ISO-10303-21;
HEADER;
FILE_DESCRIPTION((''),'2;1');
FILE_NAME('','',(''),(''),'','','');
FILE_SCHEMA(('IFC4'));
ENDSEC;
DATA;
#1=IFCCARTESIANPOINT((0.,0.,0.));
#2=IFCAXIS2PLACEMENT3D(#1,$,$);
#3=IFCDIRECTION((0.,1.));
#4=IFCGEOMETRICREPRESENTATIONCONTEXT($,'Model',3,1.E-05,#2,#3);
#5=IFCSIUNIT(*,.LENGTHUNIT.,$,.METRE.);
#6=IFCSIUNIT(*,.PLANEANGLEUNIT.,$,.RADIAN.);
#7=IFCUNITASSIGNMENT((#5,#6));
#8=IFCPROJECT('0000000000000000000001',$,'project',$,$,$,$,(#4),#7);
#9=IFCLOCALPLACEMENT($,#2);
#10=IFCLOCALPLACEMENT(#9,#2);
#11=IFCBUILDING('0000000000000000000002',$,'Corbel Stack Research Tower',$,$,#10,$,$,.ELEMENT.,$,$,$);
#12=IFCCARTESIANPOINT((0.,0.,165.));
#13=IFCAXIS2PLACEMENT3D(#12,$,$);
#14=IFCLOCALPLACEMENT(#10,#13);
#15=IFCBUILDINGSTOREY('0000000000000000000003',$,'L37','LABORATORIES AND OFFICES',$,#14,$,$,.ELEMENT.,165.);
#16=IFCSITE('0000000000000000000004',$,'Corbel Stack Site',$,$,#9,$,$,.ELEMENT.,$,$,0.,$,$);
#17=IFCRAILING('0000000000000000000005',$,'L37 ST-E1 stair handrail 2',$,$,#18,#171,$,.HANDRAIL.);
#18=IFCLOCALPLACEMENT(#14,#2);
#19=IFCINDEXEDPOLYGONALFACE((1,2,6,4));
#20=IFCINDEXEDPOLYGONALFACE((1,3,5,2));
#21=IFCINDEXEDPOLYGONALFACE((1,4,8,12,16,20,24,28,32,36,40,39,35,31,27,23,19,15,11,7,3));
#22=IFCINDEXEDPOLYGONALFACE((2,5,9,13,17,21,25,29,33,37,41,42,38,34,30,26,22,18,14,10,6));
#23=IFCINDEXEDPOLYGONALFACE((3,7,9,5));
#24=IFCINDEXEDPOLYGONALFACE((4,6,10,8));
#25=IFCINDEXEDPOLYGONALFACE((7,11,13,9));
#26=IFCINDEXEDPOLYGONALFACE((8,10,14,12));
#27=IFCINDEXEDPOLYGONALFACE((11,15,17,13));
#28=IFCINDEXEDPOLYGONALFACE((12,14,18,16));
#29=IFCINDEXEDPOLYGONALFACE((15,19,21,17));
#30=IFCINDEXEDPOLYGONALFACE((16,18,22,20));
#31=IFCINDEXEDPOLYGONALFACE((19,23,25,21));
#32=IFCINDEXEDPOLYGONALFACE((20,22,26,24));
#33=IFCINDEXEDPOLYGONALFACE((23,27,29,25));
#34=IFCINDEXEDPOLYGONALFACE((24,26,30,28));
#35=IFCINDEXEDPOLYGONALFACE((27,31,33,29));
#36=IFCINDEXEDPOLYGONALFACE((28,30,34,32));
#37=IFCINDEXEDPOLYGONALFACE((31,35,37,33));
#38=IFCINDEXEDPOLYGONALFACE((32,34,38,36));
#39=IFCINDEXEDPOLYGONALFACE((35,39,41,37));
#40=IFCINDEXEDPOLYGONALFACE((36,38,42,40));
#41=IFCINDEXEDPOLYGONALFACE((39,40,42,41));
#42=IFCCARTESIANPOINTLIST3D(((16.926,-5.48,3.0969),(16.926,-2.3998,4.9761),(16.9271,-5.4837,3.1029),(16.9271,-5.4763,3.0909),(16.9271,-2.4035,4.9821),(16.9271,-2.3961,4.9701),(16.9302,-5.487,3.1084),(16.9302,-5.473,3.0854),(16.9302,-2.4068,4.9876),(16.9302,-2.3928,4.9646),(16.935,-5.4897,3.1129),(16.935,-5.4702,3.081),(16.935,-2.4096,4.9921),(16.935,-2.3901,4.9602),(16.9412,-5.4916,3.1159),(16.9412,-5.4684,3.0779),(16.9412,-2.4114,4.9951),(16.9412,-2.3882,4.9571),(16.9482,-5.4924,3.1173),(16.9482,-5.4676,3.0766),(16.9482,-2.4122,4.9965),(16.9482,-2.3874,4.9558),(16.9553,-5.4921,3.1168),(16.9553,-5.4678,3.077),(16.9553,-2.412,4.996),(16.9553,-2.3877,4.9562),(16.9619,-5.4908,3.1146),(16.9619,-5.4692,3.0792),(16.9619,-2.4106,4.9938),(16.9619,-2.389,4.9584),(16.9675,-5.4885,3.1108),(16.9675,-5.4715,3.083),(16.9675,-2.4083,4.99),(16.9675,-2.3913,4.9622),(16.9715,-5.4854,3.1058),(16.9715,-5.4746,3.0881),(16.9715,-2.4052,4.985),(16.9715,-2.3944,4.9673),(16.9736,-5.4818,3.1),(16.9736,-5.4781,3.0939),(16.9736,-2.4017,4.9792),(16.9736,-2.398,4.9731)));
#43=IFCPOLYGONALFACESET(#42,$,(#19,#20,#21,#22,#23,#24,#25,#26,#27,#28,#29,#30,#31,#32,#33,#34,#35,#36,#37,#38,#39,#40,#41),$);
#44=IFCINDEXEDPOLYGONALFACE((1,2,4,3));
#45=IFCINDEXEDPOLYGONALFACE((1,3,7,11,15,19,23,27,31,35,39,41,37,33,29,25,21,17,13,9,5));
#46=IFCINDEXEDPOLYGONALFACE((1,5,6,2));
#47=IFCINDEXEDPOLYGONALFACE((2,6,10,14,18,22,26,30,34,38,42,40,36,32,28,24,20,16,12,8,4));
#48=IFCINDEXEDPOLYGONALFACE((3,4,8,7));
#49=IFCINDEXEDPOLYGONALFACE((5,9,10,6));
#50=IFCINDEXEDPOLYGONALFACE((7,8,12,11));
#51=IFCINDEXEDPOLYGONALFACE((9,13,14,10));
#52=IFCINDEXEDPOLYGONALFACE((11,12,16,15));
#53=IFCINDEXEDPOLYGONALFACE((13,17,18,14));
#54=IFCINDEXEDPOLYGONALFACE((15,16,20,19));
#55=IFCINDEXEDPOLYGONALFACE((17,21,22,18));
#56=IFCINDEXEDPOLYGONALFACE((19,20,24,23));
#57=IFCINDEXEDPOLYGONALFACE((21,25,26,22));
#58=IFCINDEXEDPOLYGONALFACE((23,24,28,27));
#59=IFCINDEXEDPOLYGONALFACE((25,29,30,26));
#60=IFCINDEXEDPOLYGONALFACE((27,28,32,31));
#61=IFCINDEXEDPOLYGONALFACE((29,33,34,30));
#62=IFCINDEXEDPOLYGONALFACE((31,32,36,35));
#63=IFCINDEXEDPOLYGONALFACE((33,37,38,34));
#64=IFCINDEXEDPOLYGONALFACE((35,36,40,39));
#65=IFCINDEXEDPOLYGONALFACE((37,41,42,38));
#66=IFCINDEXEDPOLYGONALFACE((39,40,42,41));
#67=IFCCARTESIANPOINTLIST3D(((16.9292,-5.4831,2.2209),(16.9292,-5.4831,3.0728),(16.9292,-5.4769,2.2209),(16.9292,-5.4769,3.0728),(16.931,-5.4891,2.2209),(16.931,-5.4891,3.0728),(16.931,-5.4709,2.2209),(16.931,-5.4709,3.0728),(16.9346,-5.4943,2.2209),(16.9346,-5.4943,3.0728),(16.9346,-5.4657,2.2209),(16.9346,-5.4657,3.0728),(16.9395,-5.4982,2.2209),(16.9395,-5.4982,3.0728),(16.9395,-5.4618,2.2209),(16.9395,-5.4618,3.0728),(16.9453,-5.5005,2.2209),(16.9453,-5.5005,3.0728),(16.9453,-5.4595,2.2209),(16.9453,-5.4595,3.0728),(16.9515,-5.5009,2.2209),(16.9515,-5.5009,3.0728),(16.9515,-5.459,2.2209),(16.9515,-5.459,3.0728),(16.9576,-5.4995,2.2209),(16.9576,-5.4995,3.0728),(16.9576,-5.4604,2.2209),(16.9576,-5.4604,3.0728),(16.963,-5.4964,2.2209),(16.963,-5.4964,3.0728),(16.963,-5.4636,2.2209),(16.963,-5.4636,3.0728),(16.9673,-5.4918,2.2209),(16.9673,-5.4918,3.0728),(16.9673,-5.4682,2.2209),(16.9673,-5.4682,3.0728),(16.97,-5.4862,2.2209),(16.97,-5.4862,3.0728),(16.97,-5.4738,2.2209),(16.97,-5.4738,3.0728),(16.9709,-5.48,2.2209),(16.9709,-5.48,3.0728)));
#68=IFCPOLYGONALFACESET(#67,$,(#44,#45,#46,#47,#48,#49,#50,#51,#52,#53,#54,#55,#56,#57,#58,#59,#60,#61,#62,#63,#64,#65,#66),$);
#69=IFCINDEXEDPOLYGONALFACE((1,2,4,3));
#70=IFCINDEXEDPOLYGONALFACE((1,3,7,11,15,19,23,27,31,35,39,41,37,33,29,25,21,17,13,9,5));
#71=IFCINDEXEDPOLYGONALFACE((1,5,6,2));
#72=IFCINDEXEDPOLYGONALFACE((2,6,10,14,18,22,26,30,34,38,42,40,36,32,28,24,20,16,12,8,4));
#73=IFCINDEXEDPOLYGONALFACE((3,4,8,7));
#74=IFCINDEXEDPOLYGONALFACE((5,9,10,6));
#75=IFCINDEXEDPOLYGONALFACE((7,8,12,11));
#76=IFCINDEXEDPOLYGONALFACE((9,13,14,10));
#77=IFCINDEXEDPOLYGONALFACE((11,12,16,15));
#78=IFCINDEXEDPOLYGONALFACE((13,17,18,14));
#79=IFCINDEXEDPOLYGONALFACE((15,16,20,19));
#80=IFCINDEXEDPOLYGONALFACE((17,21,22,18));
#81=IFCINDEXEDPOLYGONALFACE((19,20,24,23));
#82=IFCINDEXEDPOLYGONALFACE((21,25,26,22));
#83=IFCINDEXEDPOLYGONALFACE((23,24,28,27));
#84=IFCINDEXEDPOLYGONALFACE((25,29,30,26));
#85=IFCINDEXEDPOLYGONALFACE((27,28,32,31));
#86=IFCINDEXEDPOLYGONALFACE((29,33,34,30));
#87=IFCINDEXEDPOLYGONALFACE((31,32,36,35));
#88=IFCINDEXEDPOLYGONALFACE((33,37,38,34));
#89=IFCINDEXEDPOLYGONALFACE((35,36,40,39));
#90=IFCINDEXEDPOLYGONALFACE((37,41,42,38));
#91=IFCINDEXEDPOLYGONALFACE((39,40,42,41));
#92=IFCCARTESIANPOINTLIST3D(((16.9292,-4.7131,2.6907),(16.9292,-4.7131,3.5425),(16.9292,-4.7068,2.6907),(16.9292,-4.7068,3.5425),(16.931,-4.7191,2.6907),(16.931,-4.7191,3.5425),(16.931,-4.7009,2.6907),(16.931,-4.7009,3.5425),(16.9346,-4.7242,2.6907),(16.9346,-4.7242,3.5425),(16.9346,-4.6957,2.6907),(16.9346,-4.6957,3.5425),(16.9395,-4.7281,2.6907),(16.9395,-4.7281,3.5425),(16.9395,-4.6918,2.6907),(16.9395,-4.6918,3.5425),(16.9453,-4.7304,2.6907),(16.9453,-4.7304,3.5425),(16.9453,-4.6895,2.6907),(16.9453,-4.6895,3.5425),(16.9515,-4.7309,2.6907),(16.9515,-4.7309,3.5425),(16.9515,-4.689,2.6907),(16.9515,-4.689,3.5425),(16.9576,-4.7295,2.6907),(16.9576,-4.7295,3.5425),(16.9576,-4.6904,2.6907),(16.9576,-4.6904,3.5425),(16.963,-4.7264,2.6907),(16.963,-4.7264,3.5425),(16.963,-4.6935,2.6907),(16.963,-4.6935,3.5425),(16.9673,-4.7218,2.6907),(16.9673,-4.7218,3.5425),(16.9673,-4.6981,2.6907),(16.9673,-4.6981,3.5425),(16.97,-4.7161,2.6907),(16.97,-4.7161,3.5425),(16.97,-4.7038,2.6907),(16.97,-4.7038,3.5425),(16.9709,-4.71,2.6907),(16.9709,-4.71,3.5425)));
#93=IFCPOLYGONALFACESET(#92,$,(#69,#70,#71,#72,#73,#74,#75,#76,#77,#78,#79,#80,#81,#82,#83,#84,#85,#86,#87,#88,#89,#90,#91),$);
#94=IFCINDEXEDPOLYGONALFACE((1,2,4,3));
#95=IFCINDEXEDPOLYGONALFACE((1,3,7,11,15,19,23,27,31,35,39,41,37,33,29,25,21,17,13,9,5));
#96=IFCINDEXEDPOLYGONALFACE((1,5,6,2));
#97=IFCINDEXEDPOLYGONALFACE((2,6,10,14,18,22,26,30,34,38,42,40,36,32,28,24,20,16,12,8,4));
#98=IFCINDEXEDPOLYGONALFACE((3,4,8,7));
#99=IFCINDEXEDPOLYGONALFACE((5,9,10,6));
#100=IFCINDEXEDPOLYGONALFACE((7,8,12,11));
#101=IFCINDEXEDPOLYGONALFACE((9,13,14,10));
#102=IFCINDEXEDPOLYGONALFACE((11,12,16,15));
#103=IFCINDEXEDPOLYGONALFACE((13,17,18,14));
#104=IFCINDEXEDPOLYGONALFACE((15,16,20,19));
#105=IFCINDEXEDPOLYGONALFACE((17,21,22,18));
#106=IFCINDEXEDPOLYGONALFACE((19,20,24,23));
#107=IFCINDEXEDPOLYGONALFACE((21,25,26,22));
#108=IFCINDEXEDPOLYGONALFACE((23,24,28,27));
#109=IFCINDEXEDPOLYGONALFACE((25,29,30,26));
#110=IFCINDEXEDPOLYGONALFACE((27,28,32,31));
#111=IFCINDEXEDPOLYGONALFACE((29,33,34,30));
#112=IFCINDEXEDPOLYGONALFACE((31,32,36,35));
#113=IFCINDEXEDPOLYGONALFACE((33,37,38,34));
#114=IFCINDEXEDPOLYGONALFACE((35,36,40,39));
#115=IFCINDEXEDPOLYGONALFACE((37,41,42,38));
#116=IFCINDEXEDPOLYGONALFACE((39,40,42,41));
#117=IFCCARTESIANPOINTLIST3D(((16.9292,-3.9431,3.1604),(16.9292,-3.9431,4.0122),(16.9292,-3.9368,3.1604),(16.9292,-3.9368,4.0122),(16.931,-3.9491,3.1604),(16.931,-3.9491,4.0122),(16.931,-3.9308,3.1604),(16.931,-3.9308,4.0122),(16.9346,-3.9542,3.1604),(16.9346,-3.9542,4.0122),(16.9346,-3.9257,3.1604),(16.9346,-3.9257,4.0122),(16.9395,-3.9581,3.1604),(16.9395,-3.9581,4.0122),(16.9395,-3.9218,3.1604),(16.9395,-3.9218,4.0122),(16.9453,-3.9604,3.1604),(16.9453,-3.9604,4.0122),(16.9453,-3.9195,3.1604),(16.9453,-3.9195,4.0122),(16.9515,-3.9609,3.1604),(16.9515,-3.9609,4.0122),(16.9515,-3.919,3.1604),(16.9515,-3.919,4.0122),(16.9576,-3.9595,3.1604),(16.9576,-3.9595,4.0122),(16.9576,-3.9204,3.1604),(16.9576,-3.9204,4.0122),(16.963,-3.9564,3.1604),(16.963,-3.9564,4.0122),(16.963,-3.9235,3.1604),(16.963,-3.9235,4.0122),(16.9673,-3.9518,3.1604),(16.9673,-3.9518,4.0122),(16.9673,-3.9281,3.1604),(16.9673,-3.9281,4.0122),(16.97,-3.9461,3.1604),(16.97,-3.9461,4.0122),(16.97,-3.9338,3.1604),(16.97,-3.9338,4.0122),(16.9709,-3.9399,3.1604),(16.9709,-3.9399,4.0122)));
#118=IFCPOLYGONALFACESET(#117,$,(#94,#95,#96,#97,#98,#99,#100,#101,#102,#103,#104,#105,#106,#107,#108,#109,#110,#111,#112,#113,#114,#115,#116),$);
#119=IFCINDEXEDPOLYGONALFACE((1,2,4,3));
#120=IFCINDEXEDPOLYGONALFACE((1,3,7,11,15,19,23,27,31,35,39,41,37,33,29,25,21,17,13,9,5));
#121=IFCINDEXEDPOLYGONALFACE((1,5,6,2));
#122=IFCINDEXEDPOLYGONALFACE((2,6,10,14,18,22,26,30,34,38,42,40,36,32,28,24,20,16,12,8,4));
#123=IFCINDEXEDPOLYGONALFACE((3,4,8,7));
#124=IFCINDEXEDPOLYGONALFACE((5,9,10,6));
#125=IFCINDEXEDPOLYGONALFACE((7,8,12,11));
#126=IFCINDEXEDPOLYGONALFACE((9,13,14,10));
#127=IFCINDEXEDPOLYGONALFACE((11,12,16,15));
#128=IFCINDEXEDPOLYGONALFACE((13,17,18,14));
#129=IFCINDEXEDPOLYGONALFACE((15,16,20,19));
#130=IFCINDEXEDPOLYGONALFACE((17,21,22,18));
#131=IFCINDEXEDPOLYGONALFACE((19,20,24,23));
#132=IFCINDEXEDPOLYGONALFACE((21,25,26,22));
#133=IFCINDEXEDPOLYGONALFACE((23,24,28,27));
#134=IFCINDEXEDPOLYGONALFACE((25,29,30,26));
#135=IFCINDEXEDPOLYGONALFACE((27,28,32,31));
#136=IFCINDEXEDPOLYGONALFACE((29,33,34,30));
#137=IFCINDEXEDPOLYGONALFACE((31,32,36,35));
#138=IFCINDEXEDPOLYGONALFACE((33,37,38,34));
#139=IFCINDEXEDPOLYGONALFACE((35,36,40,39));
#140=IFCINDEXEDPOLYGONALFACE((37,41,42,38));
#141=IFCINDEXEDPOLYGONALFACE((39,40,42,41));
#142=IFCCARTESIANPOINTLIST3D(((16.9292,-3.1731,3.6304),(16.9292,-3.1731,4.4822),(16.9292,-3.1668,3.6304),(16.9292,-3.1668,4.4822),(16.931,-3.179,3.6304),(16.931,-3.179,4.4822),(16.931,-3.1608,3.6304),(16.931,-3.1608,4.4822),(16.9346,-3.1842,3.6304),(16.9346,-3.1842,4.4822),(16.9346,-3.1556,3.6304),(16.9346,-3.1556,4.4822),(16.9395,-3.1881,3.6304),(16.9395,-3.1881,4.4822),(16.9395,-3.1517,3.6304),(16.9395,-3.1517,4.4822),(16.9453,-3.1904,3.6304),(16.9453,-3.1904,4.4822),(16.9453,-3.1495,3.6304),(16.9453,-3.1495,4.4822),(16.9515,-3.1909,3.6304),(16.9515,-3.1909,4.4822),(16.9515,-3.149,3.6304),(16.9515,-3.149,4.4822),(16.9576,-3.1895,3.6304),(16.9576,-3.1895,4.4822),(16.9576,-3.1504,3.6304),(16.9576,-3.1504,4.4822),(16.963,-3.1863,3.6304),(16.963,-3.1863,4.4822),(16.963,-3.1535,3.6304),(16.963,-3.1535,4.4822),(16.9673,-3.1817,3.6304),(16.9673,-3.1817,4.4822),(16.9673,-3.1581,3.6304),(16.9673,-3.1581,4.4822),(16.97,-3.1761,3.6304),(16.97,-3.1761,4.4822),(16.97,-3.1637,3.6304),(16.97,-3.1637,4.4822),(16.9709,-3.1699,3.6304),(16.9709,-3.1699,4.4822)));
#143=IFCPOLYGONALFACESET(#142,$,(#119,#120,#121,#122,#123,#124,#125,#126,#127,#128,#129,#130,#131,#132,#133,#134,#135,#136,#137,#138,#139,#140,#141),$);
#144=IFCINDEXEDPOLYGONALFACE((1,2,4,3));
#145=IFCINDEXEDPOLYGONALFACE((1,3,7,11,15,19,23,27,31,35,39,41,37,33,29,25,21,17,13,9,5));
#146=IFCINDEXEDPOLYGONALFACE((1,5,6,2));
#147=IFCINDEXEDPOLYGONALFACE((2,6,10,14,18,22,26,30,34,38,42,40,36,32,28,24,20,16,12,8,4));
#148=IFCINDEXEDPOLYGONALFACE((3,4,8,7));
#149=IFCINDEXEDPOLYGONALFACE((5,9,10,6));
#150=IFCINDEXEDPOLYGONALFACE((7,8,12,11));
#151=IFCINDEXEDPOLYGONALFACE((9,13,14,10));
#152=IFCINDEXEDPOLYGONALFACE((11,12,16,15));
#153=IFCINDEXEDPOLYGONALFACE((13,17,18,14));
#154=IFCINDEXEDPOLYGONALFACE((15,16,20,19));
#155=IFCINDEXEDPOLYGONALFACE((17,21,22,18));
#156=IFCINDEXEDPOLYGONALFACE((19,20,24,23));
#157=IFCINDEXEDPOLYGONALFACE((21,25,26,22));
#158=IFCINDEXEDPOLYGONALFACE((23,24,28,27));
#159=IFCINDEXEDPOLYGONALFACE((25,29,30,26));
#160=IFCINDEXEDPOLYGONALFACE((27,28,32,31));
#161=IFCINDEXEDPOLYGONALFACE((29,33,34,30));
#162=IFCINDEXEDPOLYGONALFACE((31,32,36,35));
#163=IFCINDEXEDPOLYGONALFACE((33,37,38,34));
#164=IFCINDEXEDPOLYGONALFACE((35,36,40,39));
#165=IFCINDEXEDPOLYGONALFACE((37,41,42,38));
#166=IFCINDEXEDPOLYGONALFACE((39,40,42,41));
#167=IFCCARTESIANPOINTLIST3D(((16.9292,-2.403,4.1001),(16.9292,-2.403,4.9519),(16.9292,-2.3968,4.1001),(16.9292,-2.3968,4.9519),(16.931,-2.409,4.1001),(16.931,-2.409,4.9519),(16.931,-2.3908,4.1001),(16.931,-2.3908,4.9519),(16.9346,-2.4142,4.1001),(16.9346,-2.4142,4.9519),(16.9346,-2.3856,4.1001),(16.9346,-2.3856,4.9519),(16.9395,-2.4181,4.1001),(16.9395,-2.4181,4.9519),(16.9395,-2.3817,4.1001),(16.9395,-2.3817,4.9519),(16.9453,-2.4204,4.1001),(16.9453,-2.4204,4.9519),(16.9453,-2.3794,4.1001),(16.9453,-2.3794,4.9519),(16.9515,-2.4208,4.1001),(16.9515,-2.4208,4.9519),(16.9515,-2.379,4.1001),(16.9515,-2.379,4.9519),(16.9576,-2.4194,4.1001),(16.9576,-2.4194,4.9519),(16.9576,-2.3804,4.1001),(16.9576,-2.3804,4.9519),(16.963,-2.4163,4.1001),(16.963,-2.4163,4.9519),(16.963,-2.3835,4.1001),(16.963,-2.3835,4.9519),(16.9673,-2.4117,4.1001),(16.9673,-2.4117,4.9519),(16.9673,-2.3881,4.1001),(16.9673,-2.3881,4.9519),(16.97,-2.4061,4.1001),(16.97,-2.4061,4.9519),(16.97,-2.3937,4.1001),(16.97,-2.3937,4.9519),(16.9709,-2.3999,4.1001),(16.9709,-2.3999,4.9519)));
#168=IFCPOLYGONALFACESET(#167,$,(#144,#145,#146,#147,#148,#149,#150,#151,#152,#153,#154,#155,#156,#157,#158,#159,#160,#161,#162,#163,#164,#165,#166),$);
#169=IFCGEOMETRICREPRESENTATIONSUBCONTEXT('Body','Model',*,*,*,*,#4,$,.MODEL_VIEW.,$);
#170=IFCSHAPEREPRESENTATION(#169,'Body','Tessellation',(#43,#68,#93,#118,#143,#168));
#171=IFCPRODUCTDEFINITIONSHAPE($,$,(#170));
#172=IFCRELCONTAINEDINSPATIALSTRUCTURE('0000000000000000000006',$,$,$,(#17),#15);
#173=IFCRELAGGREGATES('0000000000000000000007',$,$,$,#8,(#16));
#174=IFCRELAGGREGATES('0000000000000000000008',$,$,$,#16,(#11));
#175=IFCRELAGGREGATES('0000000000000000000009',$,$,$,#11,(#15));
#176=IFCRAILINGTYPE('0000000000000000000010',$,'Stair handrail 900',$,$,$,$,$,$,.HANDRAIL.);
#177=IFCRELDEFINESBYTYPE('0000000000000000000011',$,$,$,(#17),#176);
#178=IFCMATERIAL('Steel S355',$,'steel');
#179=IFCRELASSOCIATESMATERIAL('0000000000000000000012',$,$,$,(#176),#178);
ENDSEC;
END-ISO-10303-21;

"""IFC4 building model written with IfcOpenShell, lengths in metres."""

from ifc_helpers import new_model, si_unit, direction, frame, origin, origin_2d, place, context, subcontext, project, spatial, circle, extrude, material, type_object, element, save


model = new_model("IFC4")

# Units and contexts
model_context = context("Model", 3, precision=1e-05, world=origin(), true_north=direction((0.0, 1.0)))
body_context = subcontext(model_context, "Body", "Model", "MODEL_VIEW")
ifc_project = project(units=[si_unit("LENGTHUNIT", "METRE"), si_unit("PLANEANGLEUNIT", "RADIAN")], contexts=[model_context])

# Site, building, storey
site_placement = place(None, origin())
site = spatial("IfcSite", under=ifc_project, at=site_placement, Name="Corbel Stack Site", CompositionType="ELEMENT", RefElevation=0.0)
building_placement = place(site_placement, origin())
building = spatial("IfcBuilding", under=site, at=building_placement, Name="Corbel Stack Research Tower", CompositionType="ELEMENT")
storey_placement = place(building_placement, frame((0.0, 0.0, 165.0)))
storey = spatial("IfcBuildingStorey", under=building, at=storey_placement, Name="L37", Description="LABORATORIES AND OFFICES", CompositionType="ELEMENT", Elevation=165.0)

# Railing
ifc_material_1 = material(Name="Steel S355", Category="steel")
railing_type_1 = type_object("IfcRailingType", Name="Stair handrail 900", PredefinedType="HANDRAIL", material=ifc_material_1)
railing_1_placement = place(storey_placement, frame((16.95, -5.48, 2.2209)))
element("IfcRailing", 1, at=railing_1_placement, inside=storey, type_object=railing_type_1, Name="L37 ST-E1 stair handrail 2", PredefinedType="HANDRAIL", context=body_context, shape_type="SweptSolid", body=[
    extrude(circle(Radius=0.0239, at=origin_2d()), frame((0.0, 0.0, 0.876), z_axis=(0.0, 0.853666, 0.52082), x_axis=(-1.0, 0.0, 0.0)), (0.0, 0.0, 1.0), 3.6082),
    extrude(circle(Radius=0.021, at=origin_2d()), origin(), (0.0, 0.0, 1.0), 0.8518),
    extrude(circle(Radius=0.021, at=origin_2d()), frame((0.0, 0.77, 0.4697)), (0.0, 0.0, 1.0), 0.8518),
    extrude(circle(Radius=0.021, at=origin_2d()), frame((0.0, 1.54, 0.9395)), (0.0, 0.0, 1.0), 0.8518),
    extrude(circle(Radius=0.021, at=origin_2d()), frame((0.0, 2.3101, 1.4094)), (0.0, 0.0, 1.0), 0.8518),
    extrude(circle(Radius=0.021, at=origin_2d()), frame((0.0, 3.0801, 1.8792)), (0.0, 0.0, 1.0), 0.8518),
])

save(model, "model.ifc")
